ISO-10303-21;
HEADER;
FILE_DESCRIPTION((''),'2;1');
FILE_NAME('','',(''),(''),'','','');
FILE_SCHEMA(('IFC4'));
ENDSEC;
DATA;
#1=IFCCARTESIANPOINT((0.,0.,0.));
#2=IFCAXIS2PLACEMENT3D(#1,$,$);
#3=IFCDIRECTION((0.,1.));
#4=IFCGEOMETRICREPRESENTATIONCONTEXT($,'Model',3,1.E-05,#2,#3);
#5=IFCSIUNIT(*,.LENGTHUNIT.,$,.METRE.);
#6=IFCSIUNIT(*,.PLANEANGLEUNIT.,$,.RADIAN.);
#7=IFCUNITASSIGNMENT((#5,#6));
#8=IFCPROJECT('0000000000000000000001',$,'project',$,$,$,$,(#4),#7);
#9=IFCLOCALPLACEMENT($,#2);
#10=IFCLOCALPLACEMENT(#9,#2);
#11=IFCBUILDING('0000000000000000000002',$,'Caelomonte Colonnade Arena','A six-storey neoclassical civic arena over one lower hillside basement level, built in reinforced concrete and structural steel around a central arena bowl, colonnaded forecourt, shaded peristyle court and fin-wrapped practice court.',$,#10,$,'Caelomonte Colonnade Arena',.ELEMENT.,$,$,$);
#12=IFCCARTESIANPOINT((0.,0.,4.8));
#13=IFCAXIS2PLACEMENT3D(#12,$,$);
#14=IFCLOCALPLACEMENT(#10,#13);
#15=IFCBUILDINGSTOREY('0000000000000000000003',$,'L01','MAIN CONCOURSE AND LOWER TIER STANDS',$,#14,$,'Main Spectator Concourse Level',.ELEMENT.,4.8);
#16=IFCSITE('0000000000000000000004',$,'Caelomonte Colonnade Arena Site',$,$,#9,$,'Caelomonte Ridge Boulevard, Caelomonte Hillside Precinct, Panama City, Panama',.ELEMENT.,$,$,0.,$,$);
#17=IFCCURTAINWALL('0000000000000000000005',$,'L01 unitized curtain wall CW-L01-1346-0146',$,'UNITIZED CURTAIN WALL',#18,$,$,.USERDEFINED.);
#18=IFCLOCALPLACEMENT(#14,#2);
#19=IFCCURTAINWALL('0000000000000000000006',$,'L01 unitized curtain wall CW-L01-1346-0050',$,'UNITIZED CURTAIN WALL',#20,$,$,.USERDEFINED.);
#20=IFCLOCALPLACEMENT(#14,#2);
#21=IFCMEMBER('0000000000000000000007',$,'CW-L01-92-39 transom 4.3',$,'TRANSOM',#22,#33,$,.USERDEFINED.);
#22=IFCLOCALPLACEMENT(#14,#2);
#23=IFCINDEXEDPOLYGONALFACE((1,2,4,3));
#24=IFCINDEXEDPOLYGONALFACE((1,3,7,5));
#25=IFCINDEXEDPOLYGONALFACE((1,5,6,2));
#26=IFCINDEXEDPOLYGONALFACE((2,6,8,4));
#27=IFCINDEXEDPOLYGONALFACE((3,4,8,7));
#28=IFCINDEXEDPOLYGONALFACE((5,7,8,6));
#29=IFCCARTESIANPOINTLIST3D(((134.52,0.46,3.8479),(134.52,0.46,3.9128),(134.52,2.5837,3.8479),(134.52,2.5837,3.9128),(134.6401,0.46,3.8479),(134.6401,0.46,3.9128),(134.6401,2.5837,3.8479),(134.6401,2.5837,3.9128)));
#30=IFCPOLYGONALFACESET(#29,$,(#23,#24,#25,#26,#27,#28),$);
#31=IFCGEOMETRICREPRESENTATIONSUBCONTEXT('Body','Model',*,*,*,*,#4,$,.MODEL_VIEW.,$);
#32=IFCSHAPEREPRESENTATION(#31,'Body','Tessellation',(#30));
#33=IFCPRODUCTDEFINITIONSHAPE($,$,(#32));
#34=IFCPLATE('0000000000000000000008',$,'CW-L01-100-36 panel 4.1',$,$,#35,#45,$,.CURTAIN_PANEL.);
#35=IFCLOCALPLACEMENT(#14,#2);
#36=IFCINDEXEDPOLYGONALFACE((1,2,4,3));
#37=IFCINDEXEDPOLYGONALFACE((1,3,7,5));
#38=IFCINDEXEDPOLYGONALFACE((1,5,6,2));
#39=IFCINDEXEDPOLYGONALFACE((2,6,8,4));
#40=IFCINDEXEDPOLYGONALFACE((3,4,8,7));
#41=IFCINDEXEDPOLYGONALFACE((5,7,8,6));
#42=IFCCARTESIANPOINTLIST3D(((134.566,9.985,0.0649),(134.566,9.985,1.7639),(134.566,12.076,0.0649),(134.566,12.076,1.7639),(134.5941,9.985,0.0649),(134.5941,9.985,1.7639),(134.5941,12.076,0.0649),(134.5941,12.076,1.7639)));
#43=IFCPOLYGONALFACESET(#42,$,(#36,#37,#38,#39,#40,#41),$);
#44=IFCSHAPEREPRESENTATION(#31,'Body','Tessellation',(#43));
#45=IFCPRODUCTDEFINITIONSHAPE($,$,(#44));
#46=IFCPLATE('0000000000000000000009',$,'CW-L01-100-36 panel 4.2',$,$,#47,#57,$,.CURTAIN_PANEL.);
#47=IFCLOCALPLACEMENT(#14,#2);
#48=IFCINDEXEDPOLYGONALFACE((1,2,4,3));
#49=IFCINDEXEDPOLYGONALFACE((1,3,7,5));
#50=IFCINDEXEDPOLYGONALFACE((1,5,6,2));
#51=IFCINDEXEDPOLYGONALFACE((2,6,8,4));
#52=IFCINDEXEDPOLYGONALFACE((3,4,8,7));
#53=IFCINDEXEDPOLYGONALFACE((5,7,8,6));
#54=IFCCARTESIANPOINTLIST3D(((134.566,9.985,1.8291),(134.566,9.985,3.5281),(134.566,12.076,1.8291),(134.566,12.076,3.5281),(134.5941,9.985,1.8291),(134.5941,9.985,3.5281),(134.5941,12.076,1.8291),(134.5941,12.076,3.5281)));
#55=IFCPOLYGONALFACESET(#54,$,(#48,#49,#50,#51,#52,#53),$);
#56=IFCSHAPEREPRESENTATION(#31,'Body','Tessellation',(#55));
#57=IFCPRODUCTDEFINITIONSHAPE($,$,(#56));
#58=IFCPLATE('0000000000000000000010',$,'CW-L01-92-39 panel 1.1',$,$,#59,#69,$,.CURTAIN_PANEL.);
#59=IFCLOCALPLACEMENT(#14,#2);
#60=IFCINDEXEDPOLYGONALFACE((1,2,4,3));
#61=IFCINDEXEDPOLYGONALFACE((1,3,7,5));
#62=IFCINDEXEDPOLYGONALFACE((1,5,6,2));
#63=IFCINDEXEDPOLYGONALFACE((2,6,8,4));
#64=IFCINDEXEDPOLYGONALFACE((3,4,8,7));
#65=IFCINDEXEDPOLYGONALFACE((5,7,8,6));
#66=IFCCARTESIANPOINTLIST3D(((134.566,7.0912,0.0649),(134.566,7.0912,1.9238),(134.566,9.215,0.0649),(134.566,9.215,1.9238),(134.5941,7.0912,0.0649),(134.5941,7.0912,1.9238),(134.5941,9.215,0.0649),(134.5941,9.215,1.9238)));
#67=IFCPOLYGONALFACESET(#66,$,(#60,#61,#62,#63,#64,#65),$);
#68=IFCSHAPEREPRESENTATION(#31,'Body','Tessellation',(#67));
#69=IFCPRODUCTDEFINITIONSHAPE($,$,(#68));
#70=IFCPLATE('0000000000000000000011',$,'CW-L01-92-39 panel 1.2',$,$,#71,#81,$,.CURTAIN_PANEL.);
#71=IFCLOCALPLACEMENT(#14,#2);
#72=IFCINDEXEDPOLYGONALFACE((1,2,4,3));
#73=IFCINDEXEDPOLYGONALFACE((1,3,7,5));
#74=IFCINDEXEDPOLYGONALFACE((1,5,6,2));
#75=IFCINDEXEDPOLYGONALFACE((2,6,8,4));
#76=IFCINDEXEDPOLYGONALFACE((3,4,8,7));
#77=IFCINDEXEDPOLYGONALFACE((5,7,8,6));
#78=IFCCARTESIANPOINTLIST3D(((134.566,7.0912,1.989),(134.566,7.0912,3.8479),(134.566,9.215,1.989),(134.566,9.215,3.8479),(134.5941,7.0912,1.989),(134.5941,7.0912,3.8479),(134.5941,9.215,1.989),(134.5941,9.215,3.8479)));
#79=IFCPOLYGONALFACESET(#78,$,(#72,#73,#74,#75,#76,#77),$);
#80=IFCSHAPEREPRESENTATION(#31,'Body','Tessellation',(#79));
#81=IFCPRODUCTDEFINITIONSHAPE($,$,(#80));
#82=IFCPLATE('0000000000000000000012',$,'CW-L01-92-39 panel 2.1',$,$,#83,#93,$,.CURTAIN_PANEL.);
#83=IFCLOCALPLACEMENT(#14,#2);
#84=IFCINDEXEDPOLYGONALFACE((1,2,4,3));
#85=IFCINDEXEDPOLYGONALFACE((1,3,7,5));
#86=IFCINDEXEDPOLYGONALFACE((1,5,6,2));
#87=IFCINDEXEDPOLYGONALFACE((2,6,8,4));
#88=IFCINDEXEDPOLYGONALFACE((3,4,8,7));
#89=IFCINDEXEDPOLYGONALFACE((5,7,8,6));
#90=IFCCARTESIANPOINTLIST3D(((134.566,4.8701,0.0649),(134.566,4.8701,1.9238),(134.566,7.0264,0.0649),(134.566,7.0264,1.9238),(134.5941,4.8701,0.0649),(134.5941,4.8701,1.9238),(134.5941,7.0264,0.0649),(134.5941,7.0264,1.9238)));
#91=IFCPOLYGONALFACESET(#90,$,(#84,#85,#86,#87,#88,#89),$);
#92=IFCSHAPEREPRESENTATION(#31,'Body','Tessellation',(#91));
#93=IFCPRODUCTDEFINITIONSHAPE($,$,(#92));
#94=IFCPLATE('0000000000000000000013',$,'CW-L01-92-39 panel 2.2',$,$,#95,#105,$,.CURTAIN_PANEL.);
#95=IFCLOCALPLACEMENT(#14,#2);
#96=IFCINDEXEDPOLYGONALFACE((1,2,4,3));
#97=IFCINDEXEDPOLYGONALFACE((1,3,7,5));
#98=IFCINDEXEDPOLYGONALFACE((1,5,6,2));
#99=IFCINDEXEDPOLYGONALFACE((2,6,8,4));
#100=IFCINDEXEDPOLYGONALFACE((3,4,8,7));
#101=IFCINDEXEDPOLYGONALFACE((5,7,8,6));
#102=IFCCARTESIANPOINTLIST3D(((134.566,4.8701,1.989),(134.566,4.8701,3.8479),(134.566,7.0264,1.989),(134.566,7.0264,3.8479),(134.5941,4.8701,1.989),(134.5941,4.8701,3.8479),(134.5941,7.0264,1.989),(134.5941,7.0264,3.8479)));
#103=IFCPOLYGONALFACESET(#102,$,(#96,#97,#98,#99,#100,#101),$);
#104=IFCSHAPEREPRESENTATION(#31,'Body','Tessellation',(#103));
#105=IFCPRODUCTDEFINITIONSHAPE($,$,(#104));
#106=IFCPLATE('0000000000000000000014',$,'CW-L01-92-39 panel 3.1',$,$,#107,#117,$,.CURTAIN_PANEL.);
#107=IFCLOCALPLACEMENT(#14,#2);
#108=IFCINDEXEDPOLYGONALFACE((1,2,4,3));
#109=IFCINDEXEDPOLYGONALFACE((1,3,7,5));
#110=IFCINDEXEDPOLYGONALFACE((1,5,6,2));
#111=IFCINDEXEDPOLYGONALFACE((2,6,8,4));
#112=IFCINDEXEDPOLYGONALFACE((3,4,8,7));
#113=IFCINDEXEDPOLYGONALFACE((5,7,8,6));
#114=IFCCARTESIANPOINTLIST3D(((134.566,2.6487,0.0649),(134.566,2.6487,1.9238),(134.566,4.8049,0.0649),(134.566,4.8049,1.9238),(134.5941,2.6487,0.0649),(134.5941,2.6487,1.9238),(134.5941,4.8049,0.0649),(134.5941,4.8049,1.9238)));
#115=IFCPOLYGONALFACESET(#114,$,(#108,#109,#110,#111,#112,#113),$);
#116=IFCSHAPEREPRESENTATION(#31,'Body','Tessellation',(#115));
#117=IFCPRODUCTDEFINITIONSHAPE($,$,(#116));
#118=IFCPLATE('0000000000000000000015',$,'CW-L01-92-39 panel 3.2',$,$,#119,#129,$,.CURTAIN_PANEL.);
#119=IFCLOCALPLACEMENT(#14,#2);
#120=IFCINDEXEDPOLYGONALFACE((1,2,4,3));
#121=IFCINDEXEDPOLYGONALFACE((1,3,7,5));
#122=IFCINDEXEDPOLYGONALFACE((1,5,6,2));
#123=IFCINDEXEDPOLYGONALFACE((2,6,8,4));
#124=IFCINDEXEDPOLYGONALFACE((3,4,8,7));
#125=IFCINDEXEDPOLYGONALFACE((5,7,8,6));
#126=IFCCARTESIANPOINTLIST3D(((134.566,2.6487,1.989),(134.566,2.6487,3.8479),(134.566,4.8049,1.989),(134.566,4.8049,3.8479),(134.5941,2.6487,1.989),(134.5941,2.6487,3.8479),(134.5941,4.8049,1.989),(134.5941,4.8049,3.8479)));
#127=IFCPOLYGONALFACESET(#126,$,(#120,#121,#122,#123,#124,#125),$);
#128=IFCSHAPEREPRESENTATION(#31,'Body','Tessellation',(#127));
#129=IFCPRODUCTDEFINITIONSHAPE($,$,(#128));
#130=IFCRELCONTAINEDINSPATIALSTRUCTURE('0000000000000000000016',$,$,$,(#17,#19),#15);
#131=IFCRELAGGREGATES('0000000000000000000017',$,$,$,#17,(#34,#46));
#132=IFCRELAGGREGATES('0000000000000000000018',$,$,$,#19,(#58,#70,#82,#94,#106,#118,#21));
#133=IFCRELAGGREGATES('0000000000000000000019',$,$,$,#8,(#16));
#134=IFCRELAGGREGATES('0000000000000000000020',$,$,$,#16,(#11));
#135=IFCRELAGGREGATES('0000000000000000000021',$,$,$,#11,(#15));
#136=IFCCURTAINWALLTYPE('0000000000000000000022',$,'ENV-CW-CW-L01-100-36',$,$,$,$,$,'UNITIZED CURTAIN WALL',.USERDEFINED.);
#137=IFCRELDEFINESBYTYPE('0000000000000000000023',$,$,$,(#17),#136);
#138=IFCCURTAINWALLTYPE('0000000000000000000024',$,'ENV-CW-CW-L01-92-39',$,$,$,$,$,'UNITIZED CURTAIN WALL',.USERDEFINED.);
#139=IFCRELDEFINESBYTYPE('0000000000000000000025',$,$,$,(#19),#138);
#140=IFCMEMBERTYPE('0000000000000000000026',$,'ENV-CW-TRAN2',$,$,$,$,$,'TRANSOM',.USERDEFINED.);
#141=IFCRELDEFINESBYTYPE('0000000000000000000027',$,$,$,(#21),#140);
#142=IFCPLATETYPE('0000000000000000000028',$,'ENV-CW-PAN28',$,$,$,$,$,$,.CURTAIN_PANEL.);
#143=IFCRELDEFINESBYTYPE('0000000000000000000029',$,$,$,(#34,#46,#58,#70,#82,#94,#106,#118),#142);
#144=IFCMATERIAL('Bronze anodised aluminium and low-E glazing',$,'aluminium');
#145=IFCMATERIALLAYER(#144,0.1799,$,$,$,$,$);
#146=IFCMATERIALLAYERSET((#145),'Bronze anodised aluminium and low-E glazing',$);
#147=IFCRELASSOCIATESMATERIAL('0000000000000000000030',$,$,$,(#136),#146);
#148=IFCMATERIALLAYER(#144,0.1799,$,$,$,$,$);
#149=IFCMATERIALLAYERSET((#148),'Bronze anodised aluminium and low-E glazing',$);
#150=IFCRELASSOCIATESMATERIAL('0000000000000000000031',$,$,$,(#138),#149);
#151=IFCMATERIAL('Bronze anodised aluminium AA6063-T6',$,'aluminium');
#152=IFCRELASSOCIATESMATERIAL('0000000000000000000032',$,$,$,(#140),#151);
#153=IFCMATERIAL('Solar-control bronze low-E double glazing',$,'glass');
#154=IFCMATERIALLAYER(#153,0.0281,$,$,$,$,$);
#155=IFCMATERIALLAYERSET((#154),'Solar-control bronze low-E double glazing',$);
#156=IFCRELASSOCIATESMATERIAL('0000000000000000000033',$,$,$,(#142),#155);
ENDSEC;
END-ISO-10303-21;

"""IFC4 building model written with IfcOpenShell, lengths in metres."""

from ifc_helpers import new_model, si_unit, direction, frame, origin, origin_2d, place, context, subcontext, project, spatial, rectangle, extrude, material, layer, layer_set, material_profile, profile_set, type_object, element, aggregate, save


model = new_model("IFC4")

# Units and contexts
model_context = context("Model", 3, precision=1e-05, world=origin(), true_north=direction((0.0, 1.0)))
body_context = subcontext(model_context, "Body", "Model", "MODEL_VIEW")
ifc_project = project(units=[si_unit("LENGTHUNIT", "METRE"), si_unit("PLANEANGLEUNIT", "RADIAN")], contexts=[model_context])

# Site, building, storey
site_placement = place(None, origin())
site = spatial("IfcSite", under=ifc_project, at=site_placement, Name="Caelomonte Colonnade Arena Site", LongName="Caelomonte Ridge Boulevard, Caelomonte Hillside Precinct, Panama City, Panama", CompositionType="ELEMENT", RefElevation=0.0)
building_placement = place(site_placement, origin())
building = spatial("IfcBuilding", under=site, at=building_placement, Name="Caelomonte Colonnade Arena", Description="A six-storey neoclassical civic arena over one lower hillside basement level, built in reinforced concrete and structural steel around a central arena bowl, colonnaded forecourt, shaded peristyle court and fin-wrapped practice court.", LongName="Caelomonte Colonnade Arena", CompositionType="ELEMENT")
storey_placement = place(building_placement, frame((0.0, 0.0, 4.8)))
storey = spatial("IfcBuildingStorey", under=building, at=storey_placement, Name="L01", Description="MAIN CONCOURSE AND LOWER TIER STANDS", LongName="Main Spectator Concourse Level", CompositionType="ELEMENT", Elevation=4.8)

# Curtain wall
ifc_material_1 = material(Name="Bronze anodised aluminium and low-E glazing", Category="aluminium")
ifc_layer_1 = layer(ifc_material_1, 0.1799)
ifc_layer_set_1 = layer_set([ifc_layer_1], Name="Bronze anodised aluminium and low-E glazing")
curtain_wall_type_1 = type_object("IfcCurtainWallType", Name="ENV-CW-CW-L01-100-36", ElementType="UNITIZED CURTAIN WALL", PredefinedType="USERDEFINED", material=ifc_layer_set_1)
curtain_wall_1_placement = place(storey_placement, origin())
curtain_wall_1 = element("IfcCurtainWall", 1, at=curtain_wall_1_placement, inside=storey, type_object=curtain_wall_type_1, Name="L01 unitized curtain wall CW-L01-1346-0146", ObjectType="UNITIZED CURTAIN WALL", PredefinedType="USERDEFINED")
ifc_material_2 = material(Name="Bronze anodised aluminium AA6063-T6", Category="aluminium")

# Curtain wall
ifc_layer_2 = layer(ifc_material_1, 0.1799)
ifc_layer_set_2 = layer_set([ifc_layer_2], Name="Bronze anodised aluminium and low-E glazing")
curtain_wall_type_2 = type_object("IfcCurtainWallType", Name="ENV-CW-CW-L01-92-39", ElementType="UNITIZED CURTAIN WALL", PredefinedType="USERDEFINED", material=ifc_layer_set_2)
curtain_wall_2_placement = place(storey_placement, origin())
curtain_wall_2 = element("IfcCurtainWall", 2, at=curtain_wall_2_placement, inside=storey, type_object=curtain_wall_type_2, Name="L01 unitized curtain wall CW-L01-1346-0050", ObjectType="UNITIZED CURTAIN WALL", PredefinedType="USERDEFINED")

# Member
ifc_material_profile_1 = material_profile(ifc_material_2, rectangle(XDim=0.0649, YDim=0.1201, at=origin_2d()), Name="CWT-65X120")
ifc_profile_set_1 = profile_set([ifc_material_profile_1], Name="Bronze anodised aluminium AA6063-T6")
member_type_1 = type_object("IfcMemberType", Name="ENV-CW-TRAN2", ElementType="TRANSOM", PredefinedType="USERDEFINED", material=ifc_profile_set_1)
member_1_placement = place(storey_placement, frame((134.5801, 2.5837, 3.8804), z_axis=(0.0, -1.0, 0.0), x_axis=(0.0, 0.0, 1.0)))
member_1 = element("IfcMember", 3, at=member_1_placement, type_object=member_type_1, Name="CW-L01-92-39 transom 4.3", ObjectType="TRANSOM", PredefinedType="USERDEFINED", context=body_context, shape_type="SweptSolid", body=[
    extrude(rectangle(XDim=0.0649, YDim=0.1201, at=origin_2d()), origin(), (0.0, 0.0, 1.0), 2.1238),
])

# Plates
ifc_material_3 = material(Name="Solar-control bronze low-E double glazing", Category="glass")
ifc_layer_3 = layer(ifc_material_3, 0.0281)
ifc_layer_set_3 = layer_set([ifc_layer_3], Name="Solar-control bronze low-E double glazing")
plate_type = type_object("IfcPlateType", Name="ENV-CW-PAN28", PredefinedType="CURTAIN_PANEL", material=ifc_layer_set_3)
plate_1_placement = place(storey_placement, frame((134.5801, 11.0305, 0.0649), z_axis=(0.0, 0.0, 1.0), x_axis=(0.0, -1.0, 0.0)))
plate_1 = element("IfcPlate", 4, at=plate_1_placement, type_object=plate_type, Name="CW-L01-100-36 panel 4.1", PredefinedType="CURTAIN_PANEL", context=body_context, shape_type="SweptSolid", body=[
    extrude(rectangle(XDim=2.0911, YDim=0.0281, at=origin_2d()), origin(), (0.0, 0.0, 1.0), 1.699),
])
plate_2_placement = place(storey_placement, frame((134.5801, 11.0305, 1.8291), z_axis=(0.0, 0.0, 1.0), x_axis=(0.0, -1.0, 0.0)))
plate_2 = element("IfcPlate", 5, at=plate_2_placement, type_object=plate_type, Name="CW-L01-100-36 panel 4.2", PredefinedType="CURTAIN_PANEL", context=body_context, shape_type="SweptSolid", body=[
    extrude(rectangle(XDim=2.0911, YDim=0.0281, at=origin_2d()), origin(), (0.0, 0.0, 1.0), 1.699),
])
aggregate(curtain_wall_1, [plate_1, plate_2])
plate_3_placement = place(storey_placement, frame((134.5801, 8.1531, 0.0649), z_axis=(0.0, 0.0, 1.0), x_axis=(0.0, -1.0, 0.0)))
plate_3 = element("IfcPlate", 6, at=plate_3_placement, type_object=plate_type, Name="CW-L01-92-39 panel 1.1", PredefinedType="CURTAIN_PANEL", context=body_context, shape_type="SweptSolid", body=[
    extrude(rectangle(XDim=2.1238, YDim=0.0281, at=origin_2d()), origin(), (0.0, 0.0, 1.0), 1.8589),
])
plate_4_placement = place(storey_placement, frame((134.5801, 8.1531, 1.989), z_axis=(0.0, 0.0, 1.0), x_axis=(0.0, -1.0, 0.0)))
plate_4 = element("IfcPlate", 7, at=plate_4_placement, type_object=plate_type, Name="CW-L01-92-39 panel 1.2", PredefinedType="CURTAIN_PANEL", context=body_context, shape_type="SweptSolid", body=[
    extrude(rectangle(XDim=2.1238, YDim=0.0281, at=origin_2d()), origin(), (0.0, 0.0, 1.0), 1.8589),
])
plate_5_placement = place(storey_placement, frame((134.5801, 5.9482, 0.0649), z_axis=(0.0, 0.0, 1.0), x_axis=(0.0, -1.0, 0.0)))
plate_5 = element("IfcPlate", 8, at=plate_5_placement, type_object=plate_type, Name="CW-L01-92-39 panel 2.1", PredefinedType="CURTAIN_PANEL", context=body_context, shape_type="SweptSolid", body=[
    extrude(rectangle(XDim=2.1562, YDim=0.0281, at=origin_2d()), origin(), (0.0, 0.0, 1.0), 1.8589),
])
plate_6_placement = place(storey_placement, frame((134.5801, 5.9482, 1.989), z_axis=(0.0, 0.0, 1.0), x_axis=(0.0, -1.0, 0.0)))
plate_6 = element("IfcPlate", 9, at=plate_6_placement, type_object=plate_type, Name="CW-L01-92-39 panel 2.2", PredefinedType="CURTAIN_PANEL", context=body_context, shape_type="SweptSolid", body=[
    extrude(rectangle(XDim=2.1562, YDim=0.0281, at=origin_2d()), origin(), (0.0, 0.0, 1.0), 1.8589),
])
plate_7_placement = place(storey_placement, frame((134.5801, 3.7268, 0.0649), z_axis=(0.0, 0.0, 1.0), x_axis=(0.0, -1.0, 0.0)))
plate_7 = element("IfcPlate", 10, at=plate_7_placement, type_object=plate_type, Name="CW-L01-92-39 panel 3.1", PredefinedType="CURTAIN_PANEL", context=body_context, shape_type="SweptSolid", body=[
    extrude(rectangle(XDim=2.1562, YDim=0.0281, at=origin_2d()), origin(), (0.0, 0.0, 1.0), 1.8589),
])
plate_8_placement = place(storey_placement, frame((134.5801, 3.7268, 1.989), z_axis=(0.0, 0.0, 1.0), x_axis=(0.0, -1.0, 0.0)))
plate_8 = element("IfcPlate", 11, at=plate_8_placement, type_object=plate_type, Name="CW-L01-92-39 panel 3.2", PredefinedType="CURTAIN_PANEL", context=body_context, shape_type="SweptSolid", body=[
    extrude(rectangle(XDim=2.1562, YDim=0.0281, at=origin_2d()), origin(), (0.0, 0.0, 1.0), 1.8589),
])
aggregate(curtain_wall_2, [plate_3, plate_4, plate_5, plate_6, plate_7, plate_8, member_1])

save(model, "model.ifc")
